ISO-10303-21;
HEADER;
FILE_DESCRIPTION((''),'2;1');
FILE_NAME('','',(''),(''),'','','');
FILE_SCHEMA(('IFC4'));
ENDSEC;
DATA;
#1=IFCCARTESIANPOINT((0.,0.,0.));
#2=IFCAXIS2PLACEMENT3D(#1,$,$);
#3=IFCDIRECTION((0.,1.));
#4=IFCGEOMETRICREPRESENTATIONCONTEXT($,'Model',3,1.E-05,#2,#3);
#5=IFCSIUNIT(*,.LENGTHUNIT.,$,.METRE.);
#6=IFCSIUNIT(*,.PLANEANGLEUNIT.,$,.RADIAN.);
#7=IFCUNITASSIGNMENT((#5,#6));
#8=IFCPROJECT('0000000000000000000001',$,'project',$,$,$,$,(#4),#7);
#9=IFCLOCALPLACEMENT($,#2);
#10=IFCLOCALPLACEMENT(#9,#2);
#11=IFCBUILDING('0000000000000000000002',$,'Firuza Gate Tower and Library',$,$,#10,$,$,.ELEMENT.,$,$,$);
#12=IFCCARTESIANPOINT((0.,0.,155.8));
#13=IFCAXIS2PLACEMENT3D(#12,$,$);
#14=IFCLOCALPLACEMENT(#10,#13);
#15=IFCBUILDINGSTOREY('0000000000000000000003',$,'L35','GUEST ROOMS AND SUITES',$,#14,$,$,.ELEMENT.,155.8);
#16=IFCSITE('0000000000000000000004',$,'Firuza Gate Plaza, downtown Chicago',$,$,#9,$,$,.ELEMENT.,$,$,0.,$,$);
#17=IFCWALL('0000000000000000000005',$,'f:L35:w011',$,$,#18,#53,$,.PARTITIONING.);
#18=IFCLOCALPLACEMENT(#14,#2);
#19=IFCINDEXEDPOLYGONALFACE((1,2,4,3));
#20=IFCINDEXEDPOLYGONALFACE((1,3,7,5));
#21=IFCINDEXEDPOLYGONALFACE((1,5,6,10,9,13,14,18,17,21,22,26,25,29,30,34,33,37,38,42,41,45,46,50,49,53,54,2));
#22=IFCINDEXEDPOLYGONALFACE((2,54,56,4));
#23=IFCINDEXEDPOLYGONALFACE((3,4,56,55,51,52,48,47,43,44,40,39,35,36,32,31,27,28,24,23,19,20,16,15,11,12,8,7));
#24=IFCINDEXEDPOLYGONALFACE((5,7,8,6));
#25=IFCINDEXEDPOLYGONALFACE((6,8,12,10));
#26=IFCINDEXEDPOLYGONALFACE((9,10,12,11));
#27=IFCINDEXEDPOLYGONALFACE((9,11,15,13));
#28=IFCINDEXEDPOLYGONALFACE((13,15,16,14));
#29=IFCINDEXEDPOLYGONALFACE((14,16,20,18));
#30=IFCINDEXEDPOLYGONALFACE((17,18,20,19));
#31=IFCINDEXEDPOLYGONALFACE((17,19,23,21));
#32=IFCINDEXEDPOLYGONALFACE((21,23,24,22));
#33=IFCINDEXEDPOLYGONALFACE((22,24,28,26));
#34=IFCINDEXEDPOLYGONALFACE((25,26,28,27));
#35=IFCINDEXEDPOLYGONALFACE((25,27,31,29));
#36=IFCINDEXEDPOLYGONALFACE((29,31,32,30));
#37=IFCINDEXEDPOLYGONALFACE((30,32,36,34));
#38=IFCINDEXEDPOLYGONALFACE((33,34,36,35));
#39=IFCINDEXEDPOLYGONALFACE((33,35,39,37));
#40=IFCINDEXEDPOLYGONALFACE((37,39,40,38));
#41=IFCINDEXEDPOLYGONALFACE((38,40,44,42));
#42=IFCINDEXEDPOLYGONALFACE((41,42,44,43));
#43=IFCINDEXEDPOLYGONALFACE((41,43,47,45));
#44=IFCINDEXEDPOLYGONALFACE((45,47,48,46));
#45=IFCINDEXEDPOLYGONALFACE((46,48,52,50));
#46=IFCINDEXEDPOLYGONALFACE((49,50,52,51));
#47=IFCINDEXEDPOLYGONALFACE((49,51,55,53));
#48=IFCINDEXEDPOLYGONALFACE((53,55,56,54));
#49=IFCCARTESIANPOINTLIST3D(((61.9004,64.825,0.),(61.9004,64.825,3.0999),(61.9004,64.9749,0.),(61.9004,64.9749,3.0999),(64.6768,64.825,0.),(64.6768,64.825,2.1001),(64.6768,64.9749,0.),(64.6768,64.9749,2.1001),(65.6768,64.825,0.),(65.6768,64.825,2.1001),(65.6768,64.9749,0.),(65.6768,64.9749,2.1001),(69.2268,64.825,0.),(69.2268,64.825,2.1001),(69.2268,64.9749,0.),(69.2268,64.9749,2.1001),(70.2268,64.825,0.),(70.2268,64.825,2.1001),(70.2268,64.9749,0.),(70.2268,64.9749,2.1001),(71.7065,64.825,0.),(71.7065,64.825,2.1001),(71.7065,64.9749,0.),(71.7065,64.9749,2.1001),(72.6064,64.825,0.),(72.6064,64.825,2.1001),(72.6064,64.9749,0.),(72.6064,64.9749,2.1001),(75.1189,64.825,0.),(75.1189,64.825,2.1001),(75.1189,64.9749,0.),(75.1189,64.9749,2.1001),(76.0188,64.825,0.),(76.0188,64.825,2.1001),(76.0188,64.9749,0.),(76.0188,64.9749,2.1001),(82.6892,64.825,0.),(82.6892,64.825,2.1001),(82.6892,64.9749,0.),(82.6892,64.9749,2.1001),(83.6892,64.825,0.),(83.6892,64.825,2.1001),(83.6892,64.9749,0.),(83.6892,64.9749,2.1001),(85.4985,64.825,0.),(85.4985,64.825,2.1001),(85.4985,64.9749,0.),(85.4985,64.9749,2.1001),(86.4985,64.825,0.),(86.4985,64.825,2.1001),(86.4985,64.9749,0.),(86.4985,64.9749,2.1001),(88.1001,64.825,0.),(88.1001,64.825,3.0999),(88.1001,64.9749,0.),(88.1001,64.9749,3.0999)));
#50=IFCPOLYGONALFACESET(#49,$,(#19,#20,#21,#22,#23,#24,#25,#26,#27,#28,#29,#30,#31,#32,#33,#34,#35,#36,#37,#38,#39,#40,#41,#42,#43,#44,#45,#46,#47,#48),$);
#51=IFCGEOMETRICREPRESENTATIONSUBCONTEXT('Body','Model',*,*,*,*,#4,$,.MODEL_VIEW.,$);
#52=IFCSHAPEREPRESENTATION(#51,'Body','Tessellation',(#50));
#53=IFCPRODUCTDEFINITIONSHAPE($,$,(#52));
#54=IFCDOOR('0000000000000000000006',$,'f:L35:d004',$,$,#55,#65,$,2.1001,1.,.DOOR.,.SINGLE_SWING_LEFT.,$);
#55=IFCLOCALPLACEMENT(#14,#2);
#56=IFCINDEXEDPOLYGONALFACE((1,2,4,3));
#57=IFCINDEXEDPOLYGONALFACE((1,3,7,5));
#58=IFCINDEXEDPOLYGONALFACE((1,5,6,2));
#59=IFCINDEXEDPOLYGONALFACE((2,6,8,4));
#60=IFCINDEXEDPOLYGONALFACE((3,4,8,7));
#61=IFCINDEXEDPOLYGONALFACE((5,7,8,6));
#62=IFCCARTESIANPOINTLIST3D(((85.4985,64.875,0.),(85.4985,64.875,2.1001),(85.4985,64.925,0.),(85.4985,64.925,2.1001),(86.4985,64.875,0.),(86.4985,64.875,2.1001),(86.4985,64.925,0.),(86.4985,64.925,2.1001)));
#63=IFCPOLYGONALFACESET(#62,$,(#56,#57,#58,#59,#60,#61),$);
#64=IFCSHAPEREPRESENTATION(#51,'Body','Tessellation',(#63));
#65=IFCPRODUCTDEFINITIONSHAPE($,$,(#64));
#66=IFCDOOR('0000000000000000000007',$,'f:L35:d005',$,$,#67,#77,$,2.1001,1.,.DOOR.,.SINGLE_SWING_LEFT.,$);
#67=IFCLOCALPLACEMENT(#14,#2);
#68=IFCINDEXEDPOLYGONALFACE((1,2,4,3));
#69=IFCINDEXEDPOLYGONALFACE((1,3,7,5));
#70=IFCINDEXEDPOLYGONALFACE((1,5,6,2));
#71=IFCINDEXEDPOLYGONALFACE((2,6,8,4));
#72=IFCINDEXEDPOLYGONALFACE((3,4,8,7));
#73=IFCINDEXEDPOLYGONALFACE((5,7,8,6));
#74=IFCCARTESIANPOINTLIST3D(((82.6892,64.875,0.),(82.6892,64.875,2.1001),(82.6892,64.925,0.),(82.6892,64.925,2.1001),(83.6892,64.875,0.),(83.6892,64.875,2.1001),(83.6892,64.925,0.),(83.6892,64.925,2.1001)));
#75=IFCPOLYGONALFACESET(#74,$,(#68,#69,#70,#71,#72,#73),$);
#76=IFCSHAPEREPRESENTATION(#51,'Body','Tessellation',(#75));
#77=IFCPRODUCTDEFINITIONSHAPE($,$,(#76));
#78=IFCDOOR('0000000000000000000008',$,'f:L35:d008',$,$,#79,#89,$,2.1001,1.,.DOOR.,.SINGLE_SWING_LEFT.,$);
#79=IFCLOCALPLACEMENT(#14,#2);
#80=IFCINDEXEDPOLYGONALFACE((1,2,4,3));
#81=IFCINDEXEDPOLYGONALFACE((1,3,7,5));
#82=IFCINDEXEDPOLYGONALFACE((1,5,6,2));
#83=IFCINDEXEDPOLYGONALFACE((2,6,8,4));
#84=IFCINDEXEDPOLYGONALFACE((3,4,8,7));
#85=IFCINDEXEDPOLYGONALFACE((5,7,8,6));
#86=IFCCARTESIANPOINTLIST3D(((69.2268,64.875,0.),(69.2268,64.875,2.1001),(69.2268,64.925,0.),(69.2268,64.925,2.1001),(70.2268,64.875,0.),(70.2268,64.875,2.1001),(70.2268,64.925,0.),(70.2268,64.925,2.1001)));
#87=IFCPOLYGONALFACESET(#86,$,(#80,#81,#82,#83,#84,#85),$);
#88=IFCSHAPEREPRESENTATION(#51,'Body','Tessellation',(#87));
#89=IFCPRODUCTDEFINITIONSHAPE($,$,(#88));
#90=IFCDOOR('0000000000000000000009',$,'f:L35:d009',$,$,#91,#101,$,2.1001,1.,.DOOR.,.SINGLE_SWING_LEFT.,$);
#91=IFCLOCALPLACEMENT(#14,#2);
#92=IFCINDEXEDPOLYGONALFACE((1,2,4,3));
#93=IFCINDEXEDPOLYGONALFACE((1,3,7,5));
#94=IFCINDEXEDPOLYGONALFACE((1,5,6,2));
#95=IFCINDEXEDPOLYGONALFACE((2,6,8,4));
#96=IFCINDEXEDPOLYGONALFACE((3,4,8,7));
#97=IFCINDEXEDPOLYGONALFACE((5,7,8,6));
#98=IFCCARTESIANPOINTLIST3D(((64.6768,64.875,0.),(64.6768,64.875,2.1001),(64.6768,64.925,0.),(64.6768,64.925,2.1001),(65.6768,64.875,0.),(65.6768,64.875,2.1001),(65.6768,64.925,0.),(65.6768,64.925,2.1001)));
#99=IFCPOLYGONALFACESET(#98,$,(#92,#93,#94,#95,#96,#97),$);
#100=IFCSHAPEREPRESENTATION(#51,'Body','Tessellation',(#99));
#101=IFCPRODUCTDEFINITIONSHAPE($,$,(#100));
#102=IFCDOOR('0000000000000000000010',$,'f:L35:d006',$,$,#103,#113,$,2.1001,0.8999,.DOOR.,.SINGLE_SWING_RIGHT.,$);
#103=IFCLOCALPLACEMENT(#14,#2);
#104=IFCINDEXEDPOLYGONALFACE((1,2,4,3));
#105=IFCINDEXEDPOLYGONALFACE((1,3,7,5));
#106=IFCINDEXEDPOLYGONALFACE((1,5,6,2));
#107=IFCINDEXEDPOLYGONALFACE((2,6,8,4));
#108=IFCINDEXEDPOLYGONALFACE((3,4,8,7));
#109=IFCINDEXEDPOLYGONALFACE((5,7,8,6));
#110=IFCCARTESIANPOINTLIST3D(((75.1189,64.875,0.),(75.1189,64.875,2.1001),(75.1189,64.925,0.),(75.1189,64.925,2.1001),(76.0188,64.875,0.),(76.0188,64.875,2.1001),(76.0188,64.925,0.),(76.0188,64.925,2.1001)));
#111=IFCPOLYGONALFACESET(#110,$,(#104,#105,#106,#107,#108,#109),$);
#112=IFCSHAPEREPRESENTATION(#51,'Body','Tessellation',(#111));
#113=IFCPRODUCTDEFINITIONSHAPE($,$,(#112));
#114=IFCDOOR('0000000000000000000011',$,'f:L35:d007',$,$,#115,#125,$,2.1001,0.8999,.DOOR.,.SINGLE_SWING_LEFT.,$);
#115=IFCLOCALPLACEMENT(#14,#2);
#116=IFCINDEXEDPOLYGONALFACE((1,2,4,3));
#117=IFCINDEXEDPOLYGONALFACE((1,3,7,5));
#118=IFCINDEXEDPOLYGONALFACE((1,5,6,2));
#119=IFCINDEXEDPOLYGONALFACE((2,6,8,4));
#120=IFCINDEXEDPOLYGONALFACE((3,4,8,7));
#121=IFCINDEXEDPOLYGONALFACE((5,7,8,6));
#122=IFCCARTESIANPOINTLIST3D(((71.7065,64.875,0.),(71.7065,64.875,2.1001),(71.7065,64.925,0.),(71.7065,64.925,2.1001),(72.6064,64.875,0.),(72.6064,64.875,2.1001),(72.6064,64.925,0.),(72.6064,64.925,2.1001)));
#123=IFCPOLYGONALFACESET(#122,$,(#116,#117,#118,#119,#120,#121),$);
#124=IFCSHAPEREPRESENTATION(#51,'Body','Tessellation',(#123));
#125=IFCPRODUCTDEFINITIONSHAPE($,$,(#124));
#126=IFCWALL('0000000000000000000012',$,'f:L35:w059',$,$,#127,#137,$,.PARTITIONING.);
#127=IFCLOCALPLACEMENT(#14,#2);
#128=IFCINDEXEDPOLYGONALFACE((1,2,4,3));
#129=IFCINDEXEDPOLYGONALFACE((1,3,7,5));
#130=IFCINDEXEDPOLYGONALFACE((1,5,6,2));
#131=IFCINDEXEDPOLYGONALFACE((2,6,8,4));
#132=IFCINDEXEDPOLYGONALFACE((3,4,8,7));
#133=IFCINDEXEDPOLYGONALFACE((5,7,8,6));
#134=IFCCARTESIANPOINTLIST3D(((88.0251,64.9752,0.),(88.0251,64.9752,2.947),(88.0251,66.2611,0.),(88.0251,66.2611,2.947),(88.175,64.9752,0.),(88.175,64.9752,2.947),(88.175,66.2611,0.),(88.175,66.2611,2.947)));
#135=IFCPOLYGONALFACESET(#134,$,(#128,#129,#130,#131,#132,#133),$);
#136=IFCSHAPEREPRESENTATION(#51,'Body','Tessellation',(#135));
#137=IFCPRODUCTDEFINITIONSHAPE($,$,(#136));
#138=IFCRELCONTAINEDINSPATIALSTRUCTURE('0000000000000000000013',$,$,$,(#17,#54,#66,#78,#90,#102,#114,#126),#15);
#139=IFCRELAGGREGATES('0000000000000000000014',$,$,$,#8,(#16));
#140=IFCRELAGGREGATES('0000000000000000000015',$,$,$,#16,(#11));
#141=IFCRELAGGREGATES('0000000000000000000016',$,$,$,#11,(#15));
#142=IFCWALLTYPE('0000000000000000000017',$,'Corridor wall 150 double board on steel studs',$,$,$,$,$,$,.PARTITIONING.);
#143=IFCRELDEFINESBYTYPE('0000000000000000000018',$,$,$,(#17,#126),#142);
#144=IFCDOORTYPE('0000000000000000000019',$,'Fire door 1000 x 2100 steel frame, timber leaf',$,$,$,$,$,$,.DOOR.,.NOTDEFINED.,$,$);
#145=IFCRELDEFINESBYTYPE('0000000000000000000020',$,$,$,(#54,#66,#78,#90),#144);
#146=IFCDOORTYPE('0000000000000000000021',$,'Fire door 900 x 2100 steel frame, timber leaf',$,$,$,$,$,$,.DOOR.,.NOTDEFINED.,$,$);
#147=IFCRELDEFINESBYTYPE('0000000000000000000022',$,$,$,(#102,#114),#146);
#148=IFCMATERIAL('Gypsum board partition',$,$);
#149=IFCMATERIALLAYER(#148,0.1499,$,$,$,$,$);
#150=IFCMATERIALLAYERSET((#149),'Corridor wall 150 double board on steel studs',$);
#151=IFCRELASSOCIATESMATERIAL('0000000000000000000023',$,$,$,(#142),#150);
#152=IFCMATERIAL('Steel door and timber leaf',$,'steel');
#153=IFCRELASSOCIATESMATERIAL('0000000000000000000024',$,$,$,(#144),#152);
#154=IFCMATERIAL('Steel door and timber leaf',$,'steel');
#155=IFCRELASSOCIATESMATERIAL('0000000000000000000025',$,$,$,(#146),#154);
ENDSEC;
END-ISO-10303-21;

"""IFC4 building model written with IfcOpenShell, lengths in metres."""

from ifc_helpers import new_model, si_unit, direction, frame, frame_2d, origin, place, context, subcontext, project, spatial, rectangle, extrude, material, layer, layer_set, type_object, element, fill, save


model = new_model("IFC4")

# Units and contexts
model_context = context("Model", 3, precision=1e-05, world=origin(), true_north=direction((0.0, 1.0)))
body_context = subcontext(model_context, "Body", "Model", "MODEL_VIEW")
ifc_project = project(units=[si_unit("LENGTHUNIT", "METRE"), si_unit("PLANEANGLEUNIT", "RADIAN")], contexts=[model_context])

# Site, building, storey
site_placement = place(None, origin())
site = spatial("IfcSite", under=ifc_project, at=site_placement, Name="Firuza Gate Plaza, downtown Chicago", CompositionType="ELEMENT", RefElevation=0.0)
building_placement = place(site_placement, origin())
building = spatial("IfcBuilding", under=site, at=building_placement, Name="Firuza Gate Tower and Library", CompositionType="ELEMENT")
storey_placement = place(building_placement, frame((0.0, 0.0, 155.8)))
storey = spatial("IfcBuildingStorey", under=building, at=storey_placement, Name="L35", Description="GUEST ROOMS AND SUITES", CompositionType="ELEMENT", Elevation=155.8)

# Wall, openings, doors
ifc_material_1 = material(Name="Gypsum board partition")
ifc_layer_1 = layer(ifc_material_1, 0.1499)
ifc_layer_set_1 = layer_set([ifc_layer_1], Name="Corridor wall 150 double board on steel studs")
wall_type_1 = type_object("IfcWallType", Name="Corridor wall 150 double board on steel studs", PredefinedType="PARTITIONING", material=ifc_layer_set_1)
wall_1_placement = place(storey_placement, frame((88.1001, 64.8999, 0.0), z_axis=(0.0, 0.0, 1.0), x_axis=(-1.0, 0.0, 0.0)))
wall_1 = element("IfcWall", 1, at=wall_1_placement, inside=storey, type_object=wall_type_1, Name="f:L35:w011", PredefinedType="PARTITIONING", context=body_context, shape_type="SweptSolid", body=[
    extrude(rectangle(XDim=26.1997, YDim=0.1499, at=frame_2d((13.0999, 0.0))), origin(), (0.0, 0.0, 1.0), 3.0999),
])
opening_1_placement = place(wall_1_placement, frame((1.6016, 0.0, 0.0)))
opening_1 = element("IfcOpeningElement", 2, at=opening_1_placement, cuts=wall_1, PredefinedType="OPENING", context=body_context, shape_type="SweptSolid", body=[
    extrude(rectangle(XDim=1.0, YDim=2.1001, at=frame_2d((0.5, 1.05))), frame((0.0, 0.085, 0.0), z_axis=(0.0, -1.0, 0.0), x_axis=(1.0, 0.0, 0.0)), (0.0, 0.0, 1.0), 0.1699),
])
opening_2_placement = place(wall_1_placement, frame((4.4109, 0.0, 0.0)))
opening_2 = element("IfcOpeningElement", 3, at=opening_2_placement, cuts=wall_1, PredefinedType="OPENING", context=body_context, shape_type="SweptSolid", body=[
    extrude(rectangle(XDim=1.0, YDim=2.1001, at=frame_2d((0.5, 1.05))), frame((0.0, 0.085, 0.0), z_axis=(0.0, -1.0, 0.0), x_axis=(1.0, 0.0, 0.0)), (0.0, 0.0, 1.0), 0.1699),
])
opening_3_placement = place(wall_1_placement, frame((12.0813, 0.0, 0.0)))
opening_3 = element("IfcOpeningElement", 4, at=opening_3_placement, cuts=wall_1, PredefinedType="OPENING", context=body_context, shape_type="SweptSolid", body=[
    extrude(rectangle(XDim=0.8999, YDim=2.1001, at=frame_2d((0.45, 1.05))), frame((0.0, 0.085, 0.0), z_axis=(0.0, -1.0, 0.0), x_axis=(1.0, 0.0, 0.0)), (0.0, 0.0, 1.0), 0.1699),
])
opening_4_placement = place(wall_1_placement, frame((15.4937, 0.0, 0.0)))
opening_4 = element("IfcOpeningElement", 5, at=opening_4_placement, cuts=wall_1, PredefinedType="OPENING", context=body_context, shape_type="SweptSolid", body=[
    extrude(rectangle(XDim=0.8999, YDim=2.1001, at=frame_2d((0.45, 1.05))), frame((0.0, 0.085, 0.0), z_axis=(0.0, -1.0, 0.0), x_axis=(1.0, 0.0, 0.0)), (0.0, 0.0, 1.0), 0.1699),
])
opening_5_placement = place(wall_1_placement, frame((17.8733, 0.0, 0.0)))
opening_5 = element("IfcOpeningElement", 6, at=opening_5_placement, cuts=wall_1, PredefinedType="OPENING", context=body_context, shape_type="SweptSolid", body=[
    extrude(rectangle(XDim=1.0, YDim=2.1001, at=frame_2d((0.5, 1.05))), frame((0.0, 0.085, 0.0), z_axis=(0.0, -1.0, 0.0), x_axis=(1.0, 0.0, 0.0)), (0.0, 0.0, 1.0), 0.1699),
])
opening_6_placement = place(wall_1_placement, frame((22.4233, 0.0, 0.0)))
opening_6 = element("IfcOpeningElement", 7, at=opening_6_placement, cuts=wall_1, PredefinedType="OPENING", context=body_context, shape_type="SweptSolid", body=[
    extrude(rectangle(XDim=1.0, YDim=2.1001, at=frame_2d((0.5, 1.05))), frame((0.0, 0.085, 0.0), z_axis=(0.0, -1.0, 0.0), x_axis=(1.0, 0.0, 0.0)), (0.0, 0.0, 1.0), 0.1699),
])
ifc_material_2 = material(Name="Steel door and timber leaf", Category="steel")
door_type_1 = type_object("IfcDoorType", Name="Fire door 1000 x 2100 steel frame, timber leaf", OperationType="NOTDEFINED", PredefinedType="DOOR", material=ifc_material_2)
door_1_placement = place(opening_1_placement, origin())
door_1 = element("IfcDoor", 8, at=door_1_placement, inside=storey, type_object=door_type_1, Name="f:L35:d004", OperationType="SINGLE_SWING_LEFT", OverallHeight=2.1001, OverallWidth=1.0, PredefinedType="DOOR", context=body_context, shape_type="SweptSolid", body=[
    extrude(rectangle(XDim=1.0, YDim=2.1001, at=frame_2d((0.5, 1.05))), frame((0.0, 0.0249, 0.0), z_axis=(0.0, -1.0, 0.0), x_axis=(1.0, 0.0, 0.0)), (0.0, 0.0, 1.0), 0.05),
])
fill(opening_1, door_1)
door_2_placement = place(opening_2_placement, origin())
door_2 = element("IfcDoor", 9, at=door_2_placement, inside=storey, type_object=door_type_1, Name="f:L35:d005", OperationType="SINGLE_SWING_LEFT", OverallHeight=2.1001, OverallWidth=1.0, PredefinedType="DOOR", context=body_context, shape_type="SweptSolid", body=[
    extrude(rectangle(XDim=1.0, YDim=2.1001, at=frame_2d((0.5, 1.05))), frame((0.0, 0.0249, 0.0), z_axis=(0.0, -1.0, 0.0), x_axis=(1.0, 0.0, 0.0)), (0.0, 0.0, 1.0), 0.05),
])
fill(opening_2, door_2)
door_3_placement = place(opening_5_placement, origin())
door_3 = element("IfcDoor", 10, at=door_3_placement, inside=storey, type_object=door_type_1, Name="f:L35:d008", OperationType="SINGLE_SWING_LEFT", OverallHeight=2.1001, OverallWidth=1.0, PredefinedType="DOOR", context=body_context, shape_type="SweptSolid", body=[
    extrude(rectangle(XDim=1.0, YDim=2.1001, at=frame_2d((0.5, 1.05))), frame((0.0, 0.0249, 0.0), z_axis=(0.0, -1.0, 0.0), x_axis=(1.0, 0.0, 0.0)), (0.0, 0.0, 1.0), 0.05),
])
fill(opening_5, door_3)
door_4_placement = place(opening_6_placement, origin())
door_4 = element("IfcDoor", 11, at=door_4_placement, inside=storey, type_object=door_type_1, Name="f:L35:d009", OperationType="SINGLE_SWING_LEFT", OverallHeight=2.1001, OverallWidth=1.0, PredefinedType="DOOR", context=body_context, shape_type="SweptSolid", body=[
    extrude(rectangle(XDim=1.0, YDim=2.1001, at=frame_2d((0.5, 1.05))), frame((0.0, 0.0249, 0.0), z_axis=(0.0, -1.0, 0.0), x_axis=(1.0, 0.0, 0.0)), (0.0, 0.0, 1.0), 0.05),
])
fill(opening_6, door_4)
ifc_material_3 = material(Name="Steel door and timber leaf", Category="steel")
door_type_2 = type_object("IfcDoorType", Name="Fire door 900 x 2100 steel frame, timber leaf", OperationType="NOTDEFINED", PredefinedType="DOOR", material=ifc_material_3)
door_5_placement = place(opening_3_placement, origin())
door_5 = element("IfcDoor", 12, at=door_5_placement, inside=storey, type_object=door_type_2, Name="f:L35:d006", OperationType="SINGLE_SWING_RIGHT", OverallHeight=2.1001, OverallWidth=0.8999, PredefinedType="DOOR", context=body_context, shape_type="SweptSolid", body=[
    extrude(rectangle(XDim=0.8999, YDim=2.1001, at=frame_2d((0.45, 1.05))), frame((0.0, 0.0249, 0.0), z_axis=(0.0, -1.0, 0.0), x_axis=(1.0, 0.0, 0.0)), (0.0, 0.0, 1.0), 0.05),
])
fill(opening_3, door_5)
door_6_placement = place(opening_4_placement, origin())
door_6 = element("IfcDoor", 13, at=door_6_placement, inside=storey, type_object=door_type_2, Name="f:L35:d007", OperationType="SINGLE_SWING_LEFT", OverallHeight=2.1001, OverallWidth=0.8999, PredefinedType="DOOR", context=body_context, shape_type="SweptSolid", body=[
    extrude(rectangle(XDim=0.8999, YDim=2.1001, at=frame_2d((0.45, 1.05))), frame((0.0, 0.0249, 0.0), z_axis=(0.0, -1.0, 0.0), x_axis=(1.0, 0.0, 0.0)), (0.0, 0.0, 1.0), 0.05),
])
fill(opening_4, door_6)

# Wall
wall_2_placement = place(storey_placement, frame((88.1001, 64.9751, 0.0), z_axis=(0.0, 0.0, 1.0), x_axis=(0.0, 1.0, 0.0)))
element("IfcWall", 14, at=wall_2_placement, inside=storey, type_object=wall_type_1, Name="f:L35:w059", PredefinedType="PARTITIONING", context=body_context, shape_type="SweptSolid", body=[
    extrude(rectangle(XDim=1.2859, YDim=0.1499, at=frame_2d((0.6431, 0.0))), origin(), (0.0, 0.0, 1.0), 2.947),
])

save(model, "model.ifc")
